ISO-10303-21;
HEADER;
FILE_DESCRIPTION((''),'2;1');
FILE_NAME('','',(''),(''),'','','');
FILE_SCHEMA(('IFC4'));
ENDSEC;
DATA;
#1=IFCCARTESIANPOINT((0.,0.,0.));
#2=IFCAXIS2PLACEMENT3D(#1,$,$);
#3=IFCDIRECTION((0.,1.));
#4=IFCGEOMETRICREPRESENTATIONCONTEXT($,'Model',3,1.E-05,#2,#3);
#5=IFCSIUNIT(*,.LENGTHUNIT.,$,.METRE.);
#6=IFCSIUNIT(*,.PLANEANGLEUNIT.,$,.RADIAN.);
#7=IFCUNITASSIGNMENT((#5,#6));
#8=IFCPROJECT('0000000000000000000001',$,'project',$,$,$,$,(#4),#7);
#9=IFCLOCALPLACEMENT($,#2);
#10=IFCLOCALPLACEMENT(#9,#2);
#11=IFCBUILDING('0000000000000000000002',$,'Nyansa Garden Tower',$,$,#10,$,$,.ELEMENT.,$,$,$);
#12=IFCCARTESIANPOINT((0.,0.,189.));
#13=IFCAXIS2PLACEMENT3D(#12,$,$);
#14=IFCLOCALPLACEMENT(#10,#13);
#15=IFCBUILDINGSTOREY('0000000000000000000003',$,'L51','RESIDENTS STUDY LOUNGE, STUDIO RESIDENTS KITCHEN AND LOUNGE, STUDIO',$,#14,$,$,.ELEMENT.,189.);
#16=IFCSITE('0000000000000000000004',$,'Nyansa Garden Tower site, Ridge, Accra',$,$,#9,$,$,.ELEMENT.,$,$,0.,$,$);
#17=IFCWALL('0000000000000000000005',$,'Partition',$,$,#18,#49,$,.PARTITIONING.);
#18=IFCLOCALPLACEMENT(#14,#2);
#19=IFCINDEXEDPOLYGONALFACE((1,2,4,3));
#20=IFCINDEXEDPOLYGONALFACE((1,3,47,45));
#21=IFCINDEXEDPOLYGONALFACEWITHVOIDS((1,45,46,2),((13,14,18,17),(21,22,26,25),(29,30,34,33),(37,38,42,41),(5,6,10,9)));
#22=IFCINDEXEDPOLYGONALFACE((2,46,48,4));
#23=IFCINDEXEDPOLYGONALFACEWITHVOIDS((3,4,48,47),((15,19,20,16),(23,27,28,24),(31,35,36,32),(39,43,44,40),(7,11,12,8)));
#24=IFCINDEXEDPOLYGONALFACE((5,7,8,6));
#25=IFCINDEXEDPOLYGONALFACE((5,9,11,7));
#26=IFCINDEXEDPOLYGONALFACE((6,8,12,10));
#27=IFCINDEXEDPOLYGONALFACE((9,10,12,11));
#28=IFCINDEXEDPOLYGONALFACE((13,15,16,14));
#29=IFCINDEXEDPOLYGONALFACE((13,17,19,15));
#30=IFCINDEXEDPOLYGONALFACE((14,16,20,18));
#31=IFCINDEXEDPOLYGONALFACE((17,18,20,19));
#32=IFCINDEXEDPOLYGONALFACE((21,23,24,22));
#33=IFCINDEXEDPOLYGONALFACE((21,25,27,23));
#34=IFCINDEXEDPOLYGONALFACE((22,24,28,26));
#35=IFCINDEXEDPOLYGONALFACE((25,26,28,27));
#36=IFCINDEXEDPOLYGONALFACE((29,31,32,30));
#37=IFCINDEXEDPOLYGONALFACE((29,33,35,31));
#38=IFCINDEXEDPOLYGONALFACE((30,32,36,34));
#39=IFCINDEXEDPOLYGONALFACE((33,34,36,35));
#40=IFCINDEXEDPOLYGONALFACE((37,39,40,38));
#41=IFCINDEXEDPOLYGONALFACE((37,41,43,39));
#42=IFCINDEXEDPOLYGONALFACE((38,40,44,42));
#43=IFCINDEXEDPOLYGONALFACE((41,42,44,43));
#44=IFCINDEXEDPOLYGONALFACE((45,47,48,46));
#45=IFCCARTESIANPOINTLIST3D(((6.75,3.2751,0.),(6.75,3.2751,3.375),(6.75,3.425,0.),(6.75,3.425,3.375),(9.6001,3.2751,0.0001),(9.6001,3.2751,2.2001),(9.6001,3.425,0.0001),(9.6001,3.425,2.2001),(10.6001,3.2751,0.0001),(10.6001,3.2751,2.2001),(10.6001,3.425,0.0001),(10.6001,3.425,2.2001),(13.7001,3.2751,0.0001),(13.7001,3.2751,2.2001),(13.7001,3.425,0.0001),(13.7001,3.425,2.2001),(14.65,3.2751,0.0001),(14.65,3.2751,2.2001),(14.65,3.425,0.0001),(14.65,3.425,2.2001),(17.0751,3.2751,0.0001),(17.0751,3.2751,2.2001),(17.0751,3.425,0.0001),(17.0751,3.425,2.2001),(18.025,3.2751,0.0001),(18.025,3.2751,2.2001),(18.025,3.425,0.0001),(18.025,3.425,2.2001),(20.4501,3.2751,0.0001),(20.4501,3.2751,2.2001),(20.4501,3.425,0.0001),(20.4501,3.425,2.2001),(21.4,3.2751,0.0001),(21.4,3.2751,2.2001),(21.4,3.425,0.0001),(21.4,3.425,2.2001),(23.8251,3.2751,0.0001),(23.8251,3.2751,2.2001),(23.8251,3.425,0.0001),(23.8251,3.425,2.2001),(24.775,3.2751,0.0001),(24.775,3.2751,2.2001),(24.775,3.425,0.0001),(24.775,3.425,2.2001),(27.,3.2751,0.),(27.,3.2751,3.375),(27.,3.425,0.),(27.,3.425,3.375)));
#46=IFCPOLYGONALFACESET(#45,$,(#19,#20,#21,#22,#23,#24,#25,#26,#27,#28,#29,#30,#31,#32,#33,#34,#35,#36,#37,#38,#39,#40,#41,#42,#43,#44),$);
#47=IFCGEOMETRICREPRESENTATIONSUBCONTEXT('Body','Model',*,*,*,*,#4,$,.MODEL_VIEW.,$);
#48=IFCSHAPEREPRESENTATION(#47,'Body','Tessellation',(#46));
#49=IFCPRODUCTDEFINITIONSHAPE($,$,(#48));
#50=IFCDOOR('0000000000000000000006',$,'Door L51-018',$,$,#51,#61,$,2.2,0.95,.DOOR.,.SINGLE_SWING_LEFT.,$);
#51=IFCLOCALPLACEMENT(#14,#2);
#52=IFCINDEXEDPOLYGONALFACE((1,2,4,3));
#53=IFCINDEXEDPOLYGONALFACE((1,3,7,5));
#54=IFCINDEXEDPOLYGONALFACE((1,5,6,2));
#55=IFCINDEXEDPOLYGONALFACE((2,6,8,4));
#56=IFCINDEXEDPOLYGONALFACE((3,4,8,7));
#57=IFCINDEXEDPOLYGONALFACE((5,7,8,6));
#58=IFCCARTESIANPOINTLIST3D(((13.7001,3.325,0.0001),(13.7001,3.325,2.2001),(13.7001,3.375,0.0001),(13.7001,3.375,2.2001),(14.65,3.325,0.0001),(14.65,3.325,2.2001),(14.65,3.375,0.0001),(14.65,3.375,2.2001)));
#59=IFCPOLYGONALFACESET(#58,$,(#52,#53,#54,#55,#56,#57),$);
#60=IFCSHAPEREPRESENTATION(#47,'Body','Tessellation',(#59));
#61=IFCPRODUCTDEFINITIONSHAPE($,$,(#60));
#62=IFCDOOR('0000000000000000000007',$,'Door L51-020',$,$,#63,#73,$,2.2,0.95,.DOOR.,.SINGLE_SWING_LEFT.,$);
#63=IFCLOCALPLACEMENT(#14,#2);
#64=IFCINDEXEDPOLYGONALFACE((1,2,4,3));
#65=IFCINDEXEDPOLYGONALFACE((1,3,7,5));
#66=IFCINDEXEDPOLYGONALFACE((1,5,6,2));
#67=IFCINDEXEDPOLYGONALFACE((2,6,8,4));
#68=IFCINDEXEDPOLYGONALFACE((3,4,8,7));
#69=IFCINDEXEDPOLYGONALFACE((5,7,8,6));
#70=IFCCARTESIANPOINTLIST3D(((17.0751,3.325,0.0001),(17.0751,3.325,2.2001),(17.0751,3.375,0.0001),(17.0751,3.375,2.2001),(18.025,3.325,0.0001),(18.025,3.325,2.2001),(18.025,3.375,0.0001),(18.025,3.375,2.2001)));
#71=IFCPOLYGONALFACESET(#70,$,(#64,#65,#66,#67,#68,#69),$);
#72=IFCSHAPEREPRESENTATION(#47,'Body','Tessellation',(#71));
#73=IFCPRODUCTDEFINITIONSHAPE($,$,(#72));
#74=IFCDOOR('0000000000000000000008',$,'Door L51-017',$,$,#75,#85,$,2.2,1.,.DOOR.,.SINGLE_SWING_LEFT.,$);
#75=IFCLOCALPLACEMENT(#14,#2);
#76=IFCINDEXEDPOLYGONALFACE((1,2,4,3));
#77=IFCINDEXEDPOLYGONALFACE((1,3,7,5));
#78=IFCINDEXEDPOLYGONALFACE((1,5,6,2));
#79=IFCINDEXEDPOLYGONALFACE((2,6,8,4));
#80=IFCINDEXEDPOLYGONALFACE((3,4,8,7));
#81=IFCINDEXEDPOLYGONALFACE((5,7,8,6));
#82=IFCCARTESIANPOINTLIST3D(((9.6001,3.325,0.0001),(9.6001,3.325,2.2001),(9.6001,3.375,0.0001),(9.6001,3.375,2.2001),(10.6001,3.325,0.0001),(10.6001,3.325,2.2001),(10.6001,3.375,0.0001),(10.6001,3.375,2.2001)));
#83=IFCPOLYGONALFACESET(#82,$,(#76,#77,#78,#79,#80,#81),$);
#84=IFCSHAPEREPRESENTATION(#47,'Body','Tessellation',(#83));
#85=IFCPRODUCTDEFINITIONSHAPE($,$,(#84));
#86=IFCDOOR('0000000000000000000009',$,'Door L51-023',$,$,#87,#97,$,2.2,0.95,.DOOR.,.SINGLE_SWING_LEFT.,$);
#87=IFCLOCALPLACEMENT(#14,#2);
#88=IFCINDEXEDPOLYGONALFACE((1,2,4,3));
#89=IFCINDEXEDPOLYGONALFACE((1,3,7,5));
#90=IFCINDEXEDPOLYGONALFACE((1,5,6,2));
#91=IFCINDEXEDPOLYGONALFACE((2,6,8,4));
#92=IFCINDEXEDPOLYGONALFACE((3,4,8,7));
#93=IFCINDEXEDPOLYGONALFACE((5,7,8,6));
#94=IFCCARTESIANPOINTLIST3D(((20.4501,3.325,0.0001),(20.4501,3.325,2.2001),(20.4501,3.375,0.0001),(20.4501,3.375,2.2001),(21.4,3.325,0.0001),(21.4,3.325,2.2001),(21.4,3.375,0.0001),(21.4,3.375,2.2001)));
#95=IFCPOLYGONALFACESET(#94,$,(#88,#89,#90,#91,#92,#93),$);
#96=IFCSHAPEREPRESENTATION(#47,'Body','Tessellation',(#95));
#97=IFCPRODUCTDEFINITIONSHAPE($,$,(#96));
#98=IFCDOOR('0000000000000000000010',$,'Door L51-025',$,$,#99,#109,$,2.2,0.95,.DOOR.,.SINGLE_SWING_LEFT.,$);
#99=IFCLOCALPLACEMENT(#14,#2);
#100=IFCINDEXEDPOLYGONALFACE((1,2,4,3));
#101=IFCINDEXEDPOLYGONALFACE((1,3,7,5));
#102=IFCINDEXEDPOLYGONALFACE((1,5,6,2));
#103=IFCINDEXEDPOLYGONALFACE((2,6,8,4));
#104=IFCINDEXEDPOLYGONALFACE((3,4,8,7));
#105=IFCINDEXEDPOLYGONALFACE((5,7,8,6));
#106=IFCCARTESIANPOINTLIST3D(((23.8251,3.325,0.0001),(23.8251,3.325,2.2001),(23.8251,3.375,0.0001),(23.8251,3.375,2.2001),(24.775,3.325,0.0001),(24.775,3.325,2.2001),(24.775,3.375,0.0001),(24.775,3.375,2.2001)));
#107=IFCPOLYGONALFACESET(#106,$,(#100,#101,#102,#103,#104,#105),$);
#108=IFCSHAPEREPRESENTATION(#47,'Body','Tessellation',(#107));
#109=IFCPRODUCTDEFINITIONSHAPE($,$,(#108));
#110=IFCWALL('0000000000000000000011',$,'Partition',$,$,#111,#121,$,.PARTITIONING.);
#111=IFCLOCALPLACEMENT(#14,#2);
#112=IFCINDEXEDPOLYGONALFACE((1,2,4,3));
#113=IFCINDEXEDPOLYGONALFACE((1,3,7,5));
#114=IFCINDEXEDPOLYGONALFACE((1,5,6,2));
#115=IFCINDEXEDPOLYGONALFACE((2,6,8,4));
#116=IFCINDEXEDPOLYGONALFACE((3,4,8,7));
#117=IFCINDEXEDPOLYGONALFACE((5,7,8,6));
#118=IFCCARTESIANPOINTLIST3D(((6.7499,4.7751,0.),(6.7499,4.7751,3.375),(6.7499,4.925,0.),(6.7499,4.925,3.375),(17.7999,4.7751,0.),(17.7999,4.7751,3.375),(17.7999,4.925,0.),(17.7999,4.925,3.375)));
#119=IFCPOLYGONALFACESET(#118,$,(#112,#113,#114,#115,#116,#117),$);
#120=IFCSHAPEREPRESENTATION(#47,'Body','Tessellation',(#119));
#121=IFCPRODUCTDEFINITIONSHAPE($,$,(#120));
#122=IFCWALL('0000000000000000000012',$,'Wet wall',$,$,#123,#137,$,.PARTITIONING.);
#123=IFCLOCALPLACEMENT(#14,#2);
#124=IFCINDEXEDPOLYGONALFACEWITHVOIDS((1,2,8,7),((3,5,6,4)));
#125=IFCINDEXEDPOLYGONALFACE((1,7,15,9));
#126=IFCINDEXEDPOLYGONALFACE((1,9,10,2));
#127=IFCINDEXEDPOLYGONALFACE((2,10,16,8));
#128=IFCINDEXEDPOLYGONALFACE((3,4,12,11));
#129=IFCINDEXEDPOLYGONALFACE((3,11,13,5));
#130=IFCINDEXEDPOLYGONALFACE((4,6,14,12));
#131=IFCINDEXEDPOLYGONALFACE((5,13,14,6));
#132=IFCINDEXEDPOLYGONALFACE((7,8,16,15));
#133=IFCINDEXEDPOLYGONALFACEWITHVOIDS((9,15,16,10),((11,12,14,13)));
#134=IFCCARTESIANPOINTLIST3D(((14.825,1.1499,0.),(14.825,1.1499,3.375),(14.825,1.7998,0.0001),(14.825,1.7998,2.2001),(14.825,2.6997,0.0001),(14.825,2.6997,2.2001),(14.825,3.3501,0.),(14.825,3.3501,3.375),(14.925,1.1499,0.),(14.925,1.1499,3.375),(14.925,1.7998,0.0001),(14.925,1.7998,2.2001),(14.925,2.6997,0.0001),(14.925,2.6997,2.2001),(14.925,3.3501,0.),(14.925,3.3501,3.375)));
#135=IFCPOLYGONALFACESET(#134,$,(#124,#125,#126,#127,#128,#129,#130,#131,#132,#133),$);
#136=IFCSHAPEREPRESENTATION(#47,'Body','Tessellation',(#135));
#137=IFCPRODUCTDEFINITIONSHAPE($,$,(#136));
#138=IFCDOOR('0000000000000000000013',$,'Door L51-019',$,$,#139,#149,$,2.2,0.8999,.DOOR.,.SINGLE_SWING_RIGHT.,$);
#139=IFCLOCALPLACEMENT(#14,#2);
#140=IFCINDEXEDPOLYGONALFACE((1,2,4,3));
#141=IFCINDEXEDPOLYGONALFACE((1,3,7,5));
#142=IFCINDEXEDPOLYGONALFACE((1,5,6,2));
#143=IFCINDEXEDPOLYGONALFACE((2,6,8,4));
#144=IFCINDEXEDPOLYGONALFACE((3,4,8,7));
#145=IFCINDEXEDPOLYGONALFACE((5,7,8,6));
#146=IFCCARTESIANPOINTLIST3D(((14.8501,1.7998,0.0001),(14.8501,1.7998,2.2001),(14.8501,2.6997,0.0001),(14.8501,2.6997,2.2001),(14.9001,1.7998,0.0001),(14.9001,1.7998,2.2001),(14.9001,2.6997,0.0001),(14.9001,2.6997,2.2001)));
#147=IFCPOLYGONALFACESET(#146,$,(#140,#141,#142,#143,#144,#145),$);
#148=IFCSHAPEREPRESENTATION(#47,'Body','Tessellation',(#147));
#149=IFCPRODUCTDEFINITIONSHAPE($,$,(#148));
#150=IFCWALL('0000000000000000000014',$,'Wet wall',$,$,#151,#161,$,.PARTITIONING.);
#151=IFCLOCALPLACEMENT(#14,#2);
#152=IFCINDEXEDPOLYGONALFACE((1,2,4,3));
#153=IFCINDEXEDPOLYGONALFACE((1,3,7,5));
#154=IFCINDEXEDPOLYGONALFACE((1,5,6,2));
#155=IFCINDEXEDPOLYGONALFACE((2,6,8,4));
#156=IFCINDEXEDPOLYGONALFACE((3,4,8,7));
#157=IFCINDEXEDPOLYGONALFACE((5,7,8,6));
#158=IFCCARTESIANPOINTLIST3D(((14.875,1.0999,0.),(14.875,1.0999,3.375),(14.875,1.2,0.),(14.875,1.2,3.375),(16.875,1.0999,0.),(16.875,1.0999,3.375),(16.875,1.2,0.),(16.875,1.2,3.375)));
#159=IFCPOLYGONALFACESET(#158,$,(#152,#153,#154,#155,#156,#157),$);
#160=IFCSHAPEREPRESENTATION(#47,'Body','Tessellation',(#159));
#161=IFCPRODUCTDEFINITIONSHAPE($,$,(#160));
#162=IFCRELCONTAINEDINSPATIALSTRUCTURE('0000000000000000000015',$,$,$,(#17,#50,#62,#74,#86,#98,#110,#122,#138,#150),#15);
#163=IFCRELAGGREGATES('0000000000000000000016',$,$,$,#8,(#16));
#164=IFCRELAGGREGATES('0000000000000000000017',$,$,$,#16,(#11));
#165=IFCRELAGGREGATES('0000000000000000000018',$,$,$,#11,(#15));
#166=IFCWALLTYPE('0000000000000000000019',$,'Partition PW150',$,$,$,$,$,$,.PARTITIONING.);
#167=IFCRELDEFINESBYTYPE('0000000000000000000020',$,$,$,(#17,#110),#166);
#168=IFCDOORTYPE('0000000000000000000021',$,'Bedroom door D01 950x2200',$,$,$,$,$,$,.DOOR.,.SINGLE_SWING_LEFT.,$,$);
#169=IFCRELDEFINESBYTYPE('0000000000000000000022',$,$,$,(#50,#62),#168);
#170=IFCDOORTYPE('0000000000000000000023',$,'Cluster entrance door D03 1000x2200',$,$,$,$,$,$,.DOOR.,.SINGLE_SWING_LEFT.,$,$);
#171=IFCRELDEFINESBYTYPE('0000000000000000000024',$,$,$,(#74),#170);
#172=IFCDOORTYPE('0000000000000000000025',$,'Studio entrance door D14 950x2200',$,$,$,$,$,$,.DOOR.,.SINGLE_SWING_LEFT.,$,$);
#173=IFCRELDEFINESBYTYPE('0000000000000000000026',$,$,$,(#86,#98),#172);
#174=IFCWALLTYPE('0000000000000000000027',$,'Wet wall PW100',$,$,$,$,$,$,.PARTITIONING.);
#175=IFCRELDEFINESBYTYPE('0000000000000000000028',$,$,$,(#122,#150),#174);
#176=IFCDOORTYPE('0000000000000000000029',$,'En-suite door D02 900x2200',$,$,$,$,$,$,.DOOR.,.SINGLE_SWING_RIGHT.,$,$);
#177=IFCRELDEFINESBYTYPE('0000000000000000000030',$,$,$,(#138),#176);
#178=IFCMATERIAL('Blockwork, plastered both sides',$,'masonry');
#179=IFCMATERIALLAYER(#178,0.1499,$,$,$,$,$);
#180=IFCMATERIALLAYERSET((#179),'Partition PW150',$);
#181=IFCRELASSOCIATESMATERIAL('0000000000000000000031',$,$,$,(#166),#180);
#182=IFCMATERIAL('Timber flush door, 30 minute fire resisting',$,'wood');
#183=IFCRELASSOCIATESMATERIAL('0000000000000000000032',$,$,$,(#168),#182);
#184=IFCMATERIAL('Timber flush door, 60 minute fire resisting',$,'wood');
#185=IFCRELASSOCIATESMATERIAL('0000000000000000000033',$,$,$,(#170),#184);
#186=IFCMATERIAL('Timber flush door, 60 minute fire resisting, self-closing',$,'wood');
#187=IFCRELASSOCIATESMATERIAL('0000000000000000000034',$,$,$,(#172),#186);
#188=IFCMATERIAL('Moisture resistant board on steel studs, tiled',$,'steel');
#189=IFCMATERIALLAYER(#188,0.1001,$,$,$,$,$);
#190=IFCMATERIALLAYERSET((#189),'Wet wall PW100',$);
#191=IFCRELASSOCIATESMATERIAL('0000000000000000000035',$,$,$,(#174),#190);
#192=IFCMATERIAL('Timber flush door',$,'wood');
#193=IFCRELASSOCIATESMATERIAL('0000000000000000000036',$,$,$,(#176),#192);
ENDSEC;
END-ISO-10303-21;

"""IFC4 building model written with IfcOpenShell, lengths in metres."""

from ifc_helpers import new_model, si_unit, direction, frame, frame_2d, origin, place, context, subcontext, project, spatial, rectangle, extrude, material, layer, layer_set, type_object, element, fill, save


model = new_model("IFC4")

# Units and contexts
model_context = context("Model", 3, precision=1e-05, world=origin(), true_north=direction((0.0, 1.0)))
body_context = subcontext(model_context, "Body", "Model", "MODEL_VIEW")
ifc_project = project(units=[si_unit("LENGTHUNIT", "METRE"), si_unit("PLANEANGLEUNIT", "RADIAN")], contexts=[model_context])

# Site, building, storey
site_placement = place(None, origin())
site = spatial("IfcSite", under=ifc_project, at=site_placement, Name="Nyansa Garden Tower site, Ridge, Accra", CompositionType="ELEMENT", RefElevation=0.0)
building_placement = place(site_placement, origin())
building = spatial("IfcBuilding", under=site, at=building_placement, Name="Nyansa Garden Tower", CompositionType="ELEMENT")
storey_placement = place(building_placement, frame((0.0, 0.0, 189.0)))
storey = spatial("IfcBuildingStorey", under=building, at=storey_placement, Name="L51", Description="RESIDENTS STUDY LOUNGE, STUDIO RESIDENTS KITCHEN AND LOUNGE, STUDIO", CompositionType="ELEMENT", Elevation=189.0)

# Shared definitions
ifc_material_1 = material(Name="Blockwork, plastered both sides", Category="masonry")
ifc_layer_1 = layer(ifc_material_1, 0.1499)
ifc_layer_set_1 = layer_set([ifc_layer_1], Name="Partition PW150")
wall_type_1 = type_object("IfcWallType", Name="Partition PW150", PredefinedType="PARTITIONING", material=ifc_layer_set_1)

# Wall, openings, doors
wall_1_placement = place(storey_placement, frame((6.75, 3.3501, 0.0), z_axis=(0.0, 0.0, 1.0), x_axis=(1.0, 0.0, 0.0)))
wall_1 = element("IfcWall", 1, at=wall_1_placement, inside=storey, type_object=wall_type_1, Name="Partition", PredefinedType="PARTITIONING", context=body_context, shape_type="SweptSolid", body=[
    extrude(rectangle(XDim=20.25, YDim=0.1499, at=frame_2d((10.125, 0.0))), origin(), (0.0, 0.0, 1.0), 3.375),
])
opening_1_placement = place(wall_1_placement, frame((2.8501, 0.0, 0.0)))
opening_1 = element("IfcOpeningElement", 2, at=opening_1_placement, cuts=wall_1, PredefinedType="OPENING", context=body_context, shape_type="SweptSolid", body=[
    extrude(rectangle(XDim=1.0, YDim=2.2, at=frame_2d((0.5, 1.1001))), frame((0.0, 0.085, 0.0), z_axis=(0.0, -1.0, 0.0), x_axis=(1.0, 0.0, 0.0)), (0.0, 0.0, 1.0), 0.1699),
])
opening_2_placement = place(wall_1_placement, frame((6.95, 0.0, 0.0)))
opening_2 = element("IfcOpeningElement", 3, at=opening_2_placement, cuts=wall_1, PredefinedType="OPENING", context=body_context, shape_type="SweptSolid", body=[
    extrude(rectangle(XDim=0.95, YDim=2.2, at=frame_2d((0.4751, 1.1001))), frame((0.0, 0.085, 0.0), z_axis=(0.0, -1.0, 0.0), x_axis=(1.0, 0.0, 0.0)), (0.0, 0.0, 1.0), 0.1699),
])
opening_3_placement = place(wall_1_placement, frame((10.325, 0.0, 0.0)))
opening_3 = element("IfcOpeningElement", 4, at=opening_3_placement, cuts=wall_1, PredefinedType="OPENING", context=body_context, shape_type="SweptSolid", body=[
    extrude(rectangle(XDim=0.95, YDim=2.2, at=frame_2d((0.4751, 1.1001))), frame((0.0, 0.085, 0.0), z_axis=(0.0, -1.0, 0.0), x_axis=(1.0, 0.0, 0.0)), (0.0, 0.0, 1.0), 0.1699),
])
opening_4_placement = place(wall_1_placement, frame((13.7, 0.0, 0.0)))
opening_4 = element("IfcOpeningElement", 5, at=opening_4_placement, cuts=wall_1, PredefinedType="OPENING", context=body_context, shape_type="SweptSolid", body=[
    extrude(rectangle(XDim=0.95, YDim=2.2, at=frame_2d((0.4751, 1.1001))), frame((0.0, 0.085, 0.0), z_axis=(0.0, -1.0, 0.0), x_axis=(1.0, 0.0, 0.0)), (0.0, 0.0, 1.0), 0.1699),
])
opening_5_placement = place(wall_1_placement, frame((17.075, 0.0, 0.0)))
opening_5 = element("IfcOpeningElement", 6, at=opening_5_placement, cuts=wall_1, PredefinedType="OPENING", context=body_context, shape_type="SweptSolid", body=[
    extrude(rectangle(XDim=0.95, YDim=2.2, at=frame_2d((0.4751, 1.1001))), frame((0.0, 0.085, 0.0), z_axis=(0.0, -1.0, 0.0), x_axis=(1.0, 0.0, 0.0)), (0.0, 0.0, 1.0), 0.1699),
])
ifc_material_2 = material(Name="Timber flush door, 30 minute fire resisting", Category="wood")
door_type_1 = type_object("IfcDoorType", Name="Bedroom door D01 950x2200", OperationType="SINGLE_SWING_LEFT", PredefinedType="DOOR", material=ifc_material_2)
door_1_placement = place(opening_2_placement, origin())
door_1 = element("IfcDoor", 7, at=door_1_placement, inside=storey, type_object=door_type_1, Name="Door L51-018", OperationType="SINGLE_SWING_LEFT", OverallHeight=2.2, OverallWidth=0.95, PredefinedType="DOOR", context=body_context, shape_type="SweptSolid", body=[
    extrude(rectangle(XDim=0.95, YDim=2.2, at=frame_2d((0.4751, 1.1001))), frame((0.0, 0.0249, 0.0), z_axis=(0.0, -1.0, 0.0), x_axis=(1.0, 0.0, 0.0)), (0.0, 0.0, 1.0), 0.05),
])
fill(opening_2, door_1)
door_2_placement = place(opening_3_placement, origin())
door_2 = element("IfcDoor", 8, at=door_2_placement, inside=storey, type_object=door_type_1, Name="Door L51-020", OperationType="SINGLE_SWING_LEFT", OverallHeight=2.2, OverallWidth=0.95, PredefinedType="DOOR", context=body_context, shape_type="SweptSolid", body=[
    extrude(rectangle(XDim=0.95, YDim=2.2, at=frame_2d((0.4751, 1.1001))), frame((0.0, 0.0249, 0.0), z_axis=(0.0, -1.0, 0.0), x_axis=(1.0, 0.0, 0.0)), (0.0, 0.0, 1.0), 0.05),
])
fill(opening_3, door_2)
ifc_material_3 = material(Name="Timber flush door, 60 minute fire resisting", Category="wood")
door_type_2 = type_object("IfcDoorType", Name="Cluster entrance door D03 1000x2200", OperationType="SINGLE_SWING_LEFT", PredefinedType="DOOR", material=ifc_material_3)
door_3_placement = place(opening_1_placement, origin())
door_3 = element("IfcDoor", 9, at=door_3_placement, inside=storey, type_object=door_type_2, Name="Door L51-017", OperationType="SINGLE_SWING_LEFT", OverallHeight=2.2, OverallWidth=1.0, PredefinedType="DOOR", context=body_context, shape_type="SweptSolid", body=[
    extrude(rectangle(XDim=1.0, YDim=2.2, at=frame_2d((0.5, 1.1001))), frame((0.0, 0.0249, 0.0), z_axis=(0.0, -1.0, 0.0), x_axis=(1.0, 0.0, 0.0)), (0.0, 0.0, 1.0), 0.05),
])
fill(opening_1, door_3)
ifc_material_4 = material(Name="Timber flush door, 60 minute fire resisting, self-closing", Category="wood")
door_type_3 = type_object("IfcDoorType", Name="Studio entrance door D14 950x2200", OperationType="SINGLE_SWING_LEFT", PredefinedType="DOOR", material=ifc_material_4)
door_4_placement = place(opening_4_placement, origin())
door_4 = element("IfcDoor", 10, at=door_4_placement, inside=storey, type_object=door_type_3, Name="Door L51-023", OperationType="SINGLE_SWING_LEFT", OverallHeight=2.2, OverallWidth=0.95, PredefinedType="DOOR", context=body_context, shape_type="SweptSolid", body=[
    extrude(rectangle(XDim=0.95, YDim=2.2, at=frame_2d((0.4751, 1.1001))), frame((0.0, 0.0249, 0.0), z_axis=(0.0, -1.0, 0.0), x_axis=(1.0, 0.0, 0.0)), (0.0, 0.0, 1.0), 0.05),
])
fill(opening_4, door_4)
door_5_placement = place(opening_5_placement, origin())
door_5 = element("IfcDoor", 11, at=door_5_placement, inside=storey, type_object=door_type_3, Name="Door L51-025", OperationType="SINGLE_SWING_LEFT", OverallHeight=2.2, OverallWidth=0.95, PredefinedType="DOOR", context=body_context, shape_type="SweptSolid", body=[
    extrude(rectangle(XDim=0.95, YDim=2.2, at=frame_2d((0.4751, 1.1001))), frame((0.0, 0.0249, 0.0), z_axis=(0.0, -1.0, 0.0), x_axis=(1.0, 0.0, 0.0)), (0.0, 0.0, 1.0), 0.05),
])
fill(opening_5, door_5)

# Wall
wall_2_placement = place(storey_placement, frame((6.75, 4.8501, 0.0), z_axis=(0.0, 0.0, 1.0), x_axis=(1.0, 0.0, 0.0)))
element("IfcWall", 12, at=wall_2_placement, inside=storey, type_object=wall_type_1, Name="Partition", PredefinedType="PARTITIONING", context=body_context, shape_type="SweptSolid", body=[
    extrude(rectangle(XDim=11.05, YDim=0.1499, at=frame_2d((5.5249, 0.0))), origin(), (0.0, 0.0, 1.0), 3.375),
])

# Wall, opening, door
ifc_material_5 = material(Name="Moisture resistant board on steel studs, tiled", Category="steel")
ifc_layer_2 = layer(ifc_material_5, 0.1001)
ifc_layer_set_2 = layer_set([ifc_layer_2], Name="Wet wall PW100")
wall_type_2 = type_object("IfcWallType", Name="Wet wall PW100", PredefinedType="PARTITIONING", material=ifc_layer_set_2)
wall_3_placement = place(storey_placement, frame((14.875, 1.1499, 0.0), z_axis=(0.0, 0.0, 1.0), x_axis=(0.0, 1.0, 0.0)))
wall_3 = element("IfcWall", 13, at=wall_3_placement, inside=storey, type_object=wall_type_2, Name="Wet wall", PredefinedType="PARTITIONING", context=body_context, shape_type="SweptSolid", body=[
    extrude(rectangle(XDim=2.2002, YDim=0.1001, at=frame_2d((1.1001, 0.0))), origin(), (0.0, 0.0, 1.0), 3.375),
])
opening_6_placement = place(wall_3_placement, frame((0.6499, 0.0, 0.0)))
opening_6 = element("IfcOpeningElement", 14, at=opening_6_placement, cuts=wall_3, PredefinedType="OPENING", context=body_context, shape_type="SweptSolid", body=[
    extrude(rectangle(XDim=0.8999, YDim=2.2, at=frame_2d((0.45, 1.1001))), frame((0.0, 0.0601, 0.0), z_axis=(0.0, -1.0, 0.0), x_axis=(1.0, 0.0, 0.0)), (0.0, 0.0, 1.0), 0.1201),
])
ifc_material_6 = material(Name="Timber flush door", Category="wood")
door_type_4 = type_object("IfcDoorType", Name="En-suite door D02 900x2200", OperationType="SINGLE_SWING_RIGHT", PredefinedType="DOOR", material=ifc_material_6)
door_6_placement = place(opening_6_placement, origin())
door_6 = element("IfcDoor", 15, at=door_6_placement, inside=storey, type_object=door_type_4, Name="Door L51-019", OperationType="SINGLE_SWING_RIGHT", OverallHeight=2.2, OverallWidth=0.8999, PredefinedType="DOOR", context=body_context, shape_type="SweptSolid", body=[
    extrude(rectangle(XDim=0.8999, YDim=2.2, at=frame_2d((0.45, 1.1001))), frame((0.0, 0.0249, 0.0), z_axis=(0.0, -1.0, 0.0), x_axis=(1.0, 0.0, 0.0)), (0.0, 0.0, 1.0), 0.05),
])
fill(opening_6, door_6)

# Wall
wall_4_placement = place(storey_placement, frame((14.875, 1.1499, 0.0), z_axis=(0.0, 0.0, 1.0), x_axis=(1.0, 0.0, 0.0)))
element("IfcWall", 16, at=wall_4_placement, inside=storey, type_object=wall_type_2, Name="Wet wall", PredefinedType="PARTITIONING", context=body_context, shape_type="SweptSolid", body=[
    extrude(rectangle(XDim=2.0, YDim=0.1001, at=frame_2d((1.0, 0.0))), origin(), (0.0, 0.0, 1.0), 3.375),
])

save(model, "model.ifc")
